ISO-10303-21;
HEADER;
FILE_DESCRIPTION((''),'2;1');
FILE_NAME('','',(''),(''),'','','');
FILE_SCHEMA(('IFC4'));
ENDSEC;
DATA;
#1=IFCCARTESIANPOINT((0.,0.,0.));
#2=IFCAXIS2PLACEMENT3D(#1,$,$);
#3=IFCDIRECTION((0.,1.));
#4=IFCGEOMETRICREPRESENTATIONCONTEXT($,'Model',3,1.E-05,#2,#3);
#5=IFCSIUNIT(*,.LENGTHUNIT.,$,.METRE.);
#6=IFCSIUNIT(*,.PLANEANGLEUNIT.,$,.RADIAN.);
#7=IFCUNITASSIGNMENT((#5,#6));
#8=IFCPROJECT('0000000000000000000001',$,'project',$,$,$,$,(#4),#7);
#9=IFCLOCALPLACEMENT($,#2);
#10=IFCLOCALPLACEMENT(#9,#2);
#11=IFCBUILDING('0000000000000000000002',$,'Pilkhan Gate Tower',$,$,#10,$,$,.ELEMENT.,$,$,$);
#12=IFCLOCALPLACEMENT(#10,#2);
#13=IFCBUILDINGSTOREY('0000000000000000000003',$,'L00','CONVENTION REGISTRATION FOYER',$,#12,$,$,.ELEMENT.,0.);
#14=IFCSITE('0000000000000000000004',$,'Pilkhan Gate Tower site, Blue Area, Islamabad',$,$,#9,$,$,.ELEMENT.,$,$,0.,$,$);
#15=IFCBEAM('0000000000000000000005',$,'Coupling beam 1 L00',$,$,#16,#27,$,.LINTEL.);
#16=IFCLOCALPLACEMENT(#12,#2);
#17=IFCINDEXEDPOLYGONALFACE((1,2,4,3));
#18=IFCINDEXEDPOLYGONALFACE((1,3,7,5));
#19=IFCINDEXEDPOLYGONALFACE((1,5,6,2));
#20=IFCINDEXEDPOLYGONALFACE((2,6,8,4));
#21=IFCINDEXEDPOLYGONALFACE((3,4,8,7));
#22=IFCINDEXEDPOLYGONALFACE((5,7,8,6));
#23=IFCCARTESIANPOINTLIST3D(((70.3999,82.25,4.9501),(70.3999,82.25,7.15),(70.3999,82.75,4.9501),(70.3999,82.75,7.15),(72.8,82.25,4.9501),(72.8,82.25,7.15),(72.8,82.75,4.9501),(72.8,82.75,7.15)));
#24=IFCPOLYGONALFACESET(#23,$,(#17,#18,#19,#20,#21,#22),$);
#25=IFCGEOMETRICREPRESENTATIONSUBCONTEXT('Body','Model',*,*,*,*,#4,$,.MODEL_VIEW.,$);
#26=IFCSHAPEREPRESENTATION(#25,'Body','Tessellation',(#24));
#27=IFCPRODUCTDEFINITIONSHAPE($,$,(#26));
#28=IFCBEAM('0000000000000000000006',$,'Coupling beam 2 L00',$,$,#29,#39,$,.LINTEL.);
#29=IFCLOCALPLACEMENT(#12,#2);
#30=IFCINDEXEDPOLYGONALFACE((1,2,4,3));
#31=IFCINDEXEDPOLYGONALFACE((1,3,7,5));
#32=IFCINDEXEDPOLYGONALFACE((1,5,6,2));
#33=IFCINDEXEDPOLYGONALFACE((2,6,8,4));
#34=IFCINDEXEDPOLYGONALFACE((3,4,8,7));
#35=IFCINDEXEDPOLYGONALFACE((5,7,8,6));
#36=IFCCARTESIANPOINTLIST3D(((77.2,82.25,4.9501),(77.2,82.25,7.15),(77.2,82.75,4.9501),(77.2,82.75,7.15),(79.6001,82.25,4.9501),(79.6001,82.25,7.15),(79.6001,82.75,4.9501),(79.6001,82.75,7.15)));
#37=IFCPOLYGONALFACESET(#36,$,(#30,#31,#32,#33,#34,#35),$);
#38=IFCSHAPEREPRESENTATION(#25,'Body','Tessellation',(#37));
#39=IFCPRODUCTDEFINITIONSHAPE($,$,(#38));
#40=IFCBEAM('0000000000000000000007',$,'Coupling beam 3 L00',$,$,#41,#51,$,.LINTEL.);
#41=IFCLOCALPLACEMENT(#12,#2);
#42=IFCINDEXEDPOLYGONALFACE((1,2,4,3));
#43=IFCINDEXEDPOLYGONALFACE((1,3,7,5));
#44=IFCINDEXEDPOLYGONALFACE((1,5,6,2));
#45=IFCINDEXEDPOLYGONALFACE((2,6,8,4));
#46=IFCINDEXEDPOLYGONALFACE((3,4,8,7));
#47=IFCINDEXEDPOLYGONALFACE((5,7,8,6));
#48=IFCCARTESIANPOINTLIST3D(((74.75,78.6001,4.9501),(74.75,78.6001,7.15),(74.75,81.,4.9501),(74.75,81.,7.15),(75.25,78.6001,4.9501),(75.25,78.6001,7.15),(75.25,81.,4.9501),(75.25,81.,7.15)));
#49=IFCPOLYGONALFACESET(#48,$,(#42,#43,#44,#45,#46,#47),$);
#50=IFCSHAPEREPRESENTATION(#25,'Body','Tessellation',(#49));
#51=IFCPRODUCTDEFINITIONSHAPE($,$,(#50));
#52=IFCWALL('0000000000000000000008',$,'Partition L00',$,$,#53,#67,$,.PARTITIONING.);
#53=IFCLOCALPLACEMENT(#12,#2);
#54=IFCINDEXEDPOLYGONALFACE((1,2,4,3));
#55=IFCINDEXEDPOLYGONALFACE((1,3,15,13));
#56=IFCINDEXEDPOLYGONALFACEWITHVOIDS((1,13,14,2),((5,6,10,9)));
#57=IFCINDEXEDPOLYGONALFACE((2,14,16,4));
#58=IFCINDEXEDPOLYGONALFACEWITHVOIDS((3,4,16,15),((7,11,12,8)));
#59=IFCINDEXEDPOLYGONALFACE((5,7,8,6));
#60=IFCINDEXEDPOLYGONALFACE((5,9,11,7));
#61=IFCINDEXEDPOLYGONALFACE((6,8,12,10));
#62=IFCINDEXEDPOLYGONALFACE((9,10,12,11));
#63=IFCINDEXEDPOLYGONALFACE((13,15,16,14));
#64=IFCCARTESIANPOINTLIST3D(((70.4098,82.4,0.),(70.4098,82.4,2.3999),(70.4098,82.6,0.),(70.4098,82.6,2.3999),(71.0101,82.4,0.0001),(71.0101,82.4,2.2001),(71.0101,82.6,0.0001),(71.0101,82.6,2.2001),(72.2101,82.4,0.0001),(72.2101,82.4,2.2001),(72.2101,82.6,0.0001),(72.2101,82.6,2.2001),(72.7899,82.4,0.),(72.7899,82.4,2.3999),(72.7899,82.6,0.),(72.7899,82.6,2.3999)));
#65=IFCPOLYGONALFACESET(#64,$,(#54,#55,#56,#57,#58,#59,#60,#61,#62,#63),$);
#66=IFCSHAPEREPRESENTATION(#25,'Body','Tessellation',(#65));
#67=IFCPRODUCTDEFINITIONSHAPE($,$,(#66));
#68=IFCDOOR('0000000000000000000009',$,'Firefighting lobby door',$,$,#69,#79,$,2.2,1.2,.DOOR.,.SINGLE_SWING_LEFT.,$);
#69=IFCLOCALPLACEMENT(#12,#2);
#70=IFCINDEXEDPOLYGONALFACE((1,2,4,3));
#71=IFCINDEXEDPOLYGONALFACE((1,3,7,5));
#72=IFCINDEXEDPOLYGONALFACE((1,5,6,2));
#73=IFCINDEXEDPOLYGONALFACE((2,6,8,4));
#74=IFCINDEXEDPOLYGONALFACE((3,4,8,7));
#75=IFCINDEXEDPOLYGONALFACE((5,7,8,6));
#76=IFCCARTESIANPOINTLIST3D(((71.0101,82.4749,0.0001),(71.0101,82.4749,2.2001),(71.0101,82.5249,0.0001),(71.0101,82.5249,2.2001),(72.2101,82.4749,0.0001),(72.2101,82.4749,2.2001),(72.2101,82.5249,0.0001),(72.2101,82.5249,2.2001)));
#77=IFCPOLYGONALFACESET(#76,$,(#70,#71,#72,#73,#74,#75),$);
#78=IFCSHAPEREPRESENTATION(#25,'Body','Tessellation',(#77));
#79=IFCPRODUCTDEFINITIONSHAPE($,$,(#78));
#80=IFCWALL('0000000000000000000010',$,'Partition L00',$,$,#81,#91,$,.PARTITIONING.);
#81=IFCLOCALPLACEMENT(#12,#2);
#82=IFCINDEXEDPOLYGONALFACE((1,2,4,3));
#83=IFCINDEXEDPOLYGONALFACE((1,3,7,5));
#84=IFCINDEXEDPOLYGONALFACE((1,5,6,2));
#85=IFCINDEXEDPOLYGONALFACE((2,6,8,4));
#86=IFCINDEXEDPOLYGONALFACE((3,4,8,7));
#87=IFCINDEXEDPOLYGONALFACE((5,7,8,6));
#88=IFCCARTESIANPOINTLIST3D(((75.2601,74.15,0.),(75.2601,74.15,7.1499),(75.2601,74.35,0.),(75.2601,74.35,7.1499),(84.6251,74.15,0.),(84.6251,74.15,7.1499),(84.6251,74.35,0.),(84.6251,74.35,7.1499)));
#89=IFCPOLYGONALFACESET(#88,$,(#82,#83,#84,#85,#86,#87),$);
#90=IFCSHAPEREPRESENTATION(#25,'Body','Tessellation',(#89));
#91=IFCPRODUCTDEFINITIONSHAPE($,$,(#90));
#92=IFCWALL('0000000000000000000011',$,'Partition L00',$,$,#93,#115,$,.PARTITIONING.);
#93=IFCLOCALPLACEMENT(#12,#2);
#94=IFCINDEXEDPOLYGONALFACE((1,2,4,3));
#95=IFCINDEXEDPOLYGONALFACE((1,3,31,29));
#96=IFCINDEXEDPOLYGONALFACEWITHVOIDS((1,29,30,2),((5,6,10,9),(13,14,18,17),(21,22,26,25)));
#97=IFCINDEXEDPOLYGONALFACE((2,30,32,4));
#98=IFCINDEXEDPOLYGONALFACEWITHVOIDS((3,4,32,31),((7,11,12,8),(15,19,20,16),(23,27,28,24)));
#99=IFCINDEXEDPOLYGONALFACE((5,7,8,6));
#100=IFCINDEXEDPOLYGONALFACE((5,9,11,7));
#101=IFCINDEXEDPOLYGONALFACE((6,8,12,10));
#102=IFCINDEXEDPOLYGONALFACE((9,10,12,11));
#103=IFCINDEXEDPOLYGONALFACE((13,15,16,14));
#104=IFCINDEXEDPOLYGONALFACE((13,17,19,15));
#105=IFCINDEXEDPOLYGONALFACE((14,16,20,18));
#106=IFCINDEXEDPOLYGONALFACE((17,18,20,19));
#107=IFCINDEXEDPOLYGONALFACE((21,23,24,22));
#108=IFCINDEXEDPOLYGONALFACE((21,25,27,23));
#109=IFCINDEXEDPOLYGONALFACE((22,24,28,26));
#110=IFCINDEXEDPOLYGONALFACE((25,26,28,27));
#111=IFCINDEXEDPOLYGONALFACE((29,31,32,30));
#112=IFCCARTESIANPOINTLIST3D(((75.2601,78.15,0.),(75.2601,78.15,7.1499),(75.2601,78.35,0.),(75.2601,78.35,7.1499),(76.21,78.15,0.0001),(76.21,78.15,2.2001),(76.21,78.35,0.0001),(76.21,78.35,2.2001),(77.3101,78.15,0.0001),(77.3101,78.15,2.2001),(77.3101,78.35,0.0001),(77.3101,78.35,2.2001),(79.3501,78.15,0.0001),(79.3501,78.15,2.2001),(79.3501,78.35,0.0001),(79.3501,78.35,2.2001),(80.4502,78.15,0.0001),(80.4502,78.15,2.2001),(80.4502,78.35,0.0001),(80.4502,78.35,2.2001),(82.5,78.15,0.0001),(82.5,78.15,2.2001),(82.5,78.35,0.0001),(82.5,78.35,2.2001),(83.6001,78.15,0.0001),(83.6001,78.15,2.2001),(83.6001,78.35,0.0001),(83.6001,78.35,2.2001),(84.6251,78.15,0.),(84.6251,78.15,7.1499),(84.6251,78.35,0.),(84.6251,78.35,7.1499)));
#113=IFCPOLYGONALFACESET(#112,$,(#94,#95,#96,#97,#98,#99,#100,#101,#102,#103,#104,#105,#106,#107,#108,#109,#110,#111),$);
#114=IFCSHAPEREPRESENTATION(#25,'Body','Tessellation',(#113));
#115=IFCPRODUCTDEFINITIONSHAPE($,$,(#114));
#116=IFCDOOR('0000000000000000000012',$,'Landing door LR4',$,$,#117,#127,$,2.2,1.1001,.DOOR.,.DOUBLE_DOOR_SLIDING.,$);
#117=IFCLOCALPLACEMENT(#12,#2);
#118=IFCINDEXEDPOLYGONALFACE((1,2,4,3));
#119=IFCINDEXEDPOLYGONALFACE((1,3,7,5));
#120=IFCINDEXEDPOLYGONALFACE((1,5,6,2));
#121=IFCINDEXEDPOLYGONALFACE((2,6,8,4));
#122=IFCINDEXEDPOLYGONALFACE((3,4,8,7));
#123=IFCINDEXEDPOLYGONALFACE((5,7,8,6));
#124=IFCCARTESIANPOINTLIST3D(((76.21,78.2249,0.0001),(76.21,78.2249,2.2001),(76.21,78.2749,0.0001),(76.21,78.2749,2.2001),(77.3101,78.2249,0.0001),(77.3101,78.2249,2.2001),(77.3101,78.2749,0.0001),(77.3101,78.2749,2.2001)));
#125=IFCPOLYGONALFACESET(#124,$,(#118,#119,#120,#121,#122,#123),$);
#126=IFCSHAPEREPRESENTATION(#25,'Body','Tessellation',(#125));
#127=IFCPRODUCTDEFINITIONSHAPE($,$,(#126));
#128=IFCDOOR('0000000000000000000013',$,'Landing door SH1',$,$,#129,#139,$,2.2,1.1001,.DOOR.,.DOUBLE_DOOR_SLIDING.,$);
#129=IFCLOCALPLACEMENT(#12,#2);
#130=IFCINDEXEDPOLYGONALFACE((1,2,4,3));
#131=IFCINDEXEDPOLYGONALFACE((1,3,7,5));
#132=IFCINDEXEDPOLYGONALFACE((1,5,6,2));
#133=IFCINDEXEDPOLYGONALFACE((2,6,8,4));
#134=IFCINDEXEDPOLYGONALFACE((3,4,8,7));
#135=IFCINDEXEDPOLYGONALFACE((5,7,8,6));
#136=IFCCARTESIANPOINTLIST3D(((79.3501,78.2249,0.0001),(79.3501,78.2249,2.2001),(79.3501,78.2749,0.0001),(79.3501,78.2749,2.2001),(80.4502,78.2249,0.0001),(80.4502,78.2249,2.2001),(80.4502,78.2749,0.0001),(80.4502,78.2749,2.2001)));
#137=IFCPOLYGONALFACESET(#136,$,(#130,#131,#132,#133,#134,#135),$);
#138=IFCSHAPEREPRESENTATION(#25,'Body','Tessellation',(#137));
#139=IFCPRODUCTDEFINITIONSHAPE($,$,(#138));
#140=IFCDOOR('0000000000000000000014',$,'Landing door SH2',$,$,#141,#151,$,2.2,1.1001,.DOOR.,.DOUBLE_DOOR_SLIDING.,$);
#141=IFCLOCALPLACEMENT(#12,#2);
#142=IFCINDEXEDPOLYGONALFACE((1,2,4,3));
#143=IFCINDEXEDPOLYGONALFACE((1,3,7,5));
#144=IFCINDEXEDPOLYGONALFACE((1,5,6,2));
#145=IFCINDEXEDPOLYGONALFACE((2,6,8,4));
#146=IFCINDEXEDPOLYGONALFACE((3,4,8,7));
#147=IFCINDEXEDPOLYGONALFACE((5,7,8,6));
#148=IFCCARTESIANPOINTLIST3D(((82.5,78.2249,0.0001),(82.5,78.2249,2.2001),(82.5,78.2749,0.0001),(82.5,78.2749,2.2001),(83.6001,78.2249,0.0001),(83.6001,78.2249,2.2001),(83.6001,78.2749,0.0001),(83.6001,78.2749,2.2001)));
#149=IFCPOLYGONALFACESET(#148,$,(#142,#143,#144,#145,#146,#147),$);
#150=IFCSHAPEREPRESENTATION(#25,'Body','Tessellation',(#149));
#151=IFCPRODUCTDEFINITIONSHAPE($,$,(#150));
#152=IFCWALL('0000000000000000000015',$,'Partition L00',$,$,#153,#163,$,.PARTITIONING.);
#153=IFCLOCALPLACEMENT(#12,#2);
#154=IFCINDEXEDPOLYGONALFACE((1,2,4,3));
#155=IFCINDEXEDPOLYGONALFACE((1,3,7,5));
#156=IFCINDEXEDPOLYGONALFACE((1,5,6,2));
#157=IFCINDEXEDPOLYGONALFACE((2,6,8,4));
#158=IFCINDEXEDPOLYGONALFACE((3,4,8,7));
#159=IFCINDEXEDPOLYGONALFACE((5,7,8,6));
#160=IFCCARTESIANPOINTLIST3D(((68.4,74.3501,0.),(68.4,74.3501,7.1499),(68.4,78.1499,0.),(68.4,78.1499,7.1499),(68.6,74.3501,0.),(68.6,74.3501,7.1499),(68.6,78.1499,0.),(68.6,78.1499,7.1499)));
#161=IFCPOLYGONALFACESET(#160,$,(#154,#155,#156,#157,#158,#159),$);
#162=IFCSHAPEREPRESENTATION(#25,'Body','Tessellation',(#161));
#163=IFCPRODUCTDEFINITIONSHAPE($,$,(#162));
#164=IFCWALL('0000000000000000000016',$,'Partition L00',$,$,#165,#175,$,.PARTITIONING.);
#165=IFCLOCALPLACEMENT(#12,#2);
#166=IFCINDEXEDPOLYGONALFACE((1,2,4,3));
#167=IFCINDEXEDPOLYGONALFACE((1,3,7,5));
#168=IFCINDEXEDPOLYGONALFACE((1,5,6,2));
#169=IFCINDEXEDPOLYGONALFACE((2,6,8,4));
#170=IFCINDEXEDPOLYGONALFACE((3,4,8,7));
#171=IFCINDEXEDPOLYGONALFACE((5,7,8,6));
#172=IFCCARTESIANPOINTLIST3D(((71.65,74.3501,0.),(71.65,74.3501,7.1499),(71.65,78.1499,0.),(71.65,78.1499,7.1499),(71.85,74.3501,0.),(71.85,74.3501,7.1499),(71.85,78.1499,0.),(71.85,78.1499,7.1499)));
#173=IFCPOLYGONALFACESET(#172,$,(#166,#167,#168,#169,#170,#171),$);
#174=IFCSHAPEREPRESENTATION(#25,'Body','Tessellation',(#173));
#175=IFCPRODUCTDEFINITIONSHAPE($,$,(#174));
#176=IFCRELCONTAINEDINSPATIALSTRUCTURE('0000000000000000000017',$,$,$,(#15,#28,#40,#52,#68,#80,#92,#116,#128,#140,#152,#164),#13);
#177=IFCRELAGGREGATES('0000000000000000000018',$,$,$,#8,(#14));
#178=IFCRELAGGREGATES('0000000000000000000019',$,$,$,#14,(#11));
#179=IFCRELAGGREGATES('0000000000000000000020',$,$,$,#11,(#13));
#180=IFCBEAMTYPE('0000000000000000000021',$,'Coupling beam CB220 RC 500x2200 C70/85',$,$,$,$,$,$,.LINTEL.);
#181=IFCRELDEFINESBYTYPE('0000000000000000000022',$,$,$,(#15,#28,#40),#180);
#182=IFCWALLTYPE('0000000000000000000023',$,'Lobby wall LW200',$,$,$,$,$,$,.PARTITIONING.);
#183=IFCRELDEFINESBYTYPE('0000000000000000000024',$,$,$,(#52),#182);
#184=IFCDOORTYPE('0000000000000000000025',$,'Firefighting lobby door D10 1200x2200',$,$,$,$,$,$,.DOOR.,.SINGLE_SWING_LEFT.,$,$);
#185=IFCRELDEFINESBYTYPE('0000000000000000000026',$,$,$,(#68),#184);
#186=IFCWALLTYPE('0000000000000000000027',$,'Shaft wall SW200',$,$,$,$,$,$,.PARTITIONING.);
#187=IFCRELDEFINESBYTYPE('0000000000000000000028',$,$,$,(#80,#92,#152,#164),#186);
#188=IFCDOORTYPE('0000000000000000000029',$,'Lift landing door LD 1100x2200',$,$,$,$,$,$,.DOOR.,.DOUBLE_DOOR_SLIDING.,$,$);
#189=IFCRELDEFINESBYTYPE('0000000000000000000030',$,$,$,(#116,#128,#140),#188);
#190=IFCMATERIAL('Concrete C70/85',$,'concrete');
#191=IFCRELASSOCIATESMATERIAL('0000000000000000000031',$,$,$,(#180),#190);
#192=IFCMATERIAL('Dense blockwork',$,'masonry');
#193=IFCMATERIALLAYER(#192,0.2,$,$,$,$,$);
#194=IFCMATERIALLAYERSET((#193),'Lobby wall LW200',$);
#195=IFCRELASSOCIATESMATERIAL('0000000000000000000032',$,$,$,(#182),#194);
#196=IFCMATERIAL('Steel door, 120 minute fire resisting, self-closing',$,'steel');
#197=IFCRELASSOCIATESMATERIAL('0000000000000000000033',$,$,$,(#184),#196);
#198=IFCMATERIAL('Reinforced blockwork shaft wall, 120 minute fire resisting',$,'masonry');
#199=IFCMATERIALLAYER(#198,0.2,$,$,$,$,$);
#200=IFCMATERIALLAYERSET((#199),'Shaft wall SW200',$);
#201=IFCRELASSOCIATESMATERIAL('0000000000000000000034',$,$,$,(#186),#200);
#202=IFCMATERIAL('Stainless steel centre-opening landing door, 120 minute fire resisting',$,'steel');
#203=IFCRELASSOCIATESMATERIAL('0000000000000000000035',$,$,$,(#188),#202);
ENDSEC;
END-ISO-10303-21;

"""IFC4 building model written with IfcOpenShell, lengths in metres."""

from ifc_helpers import new_model, si_unit, direction, frame, frame_2d, origin, origin_2d, place, context, subcontext, project, spatial, rectangle, extrude, material, layer, layer_set, material_profile, profile_set, type_object, element, fill, save


model = new_model("IFC4")

# Units and contexts
model_context = context("Model", 3, precision=1e-05, world=origin(), true_north=direction((0.0, 1.0)))
body_context = subcontext(model_context, "Body", "Model", "MODEL_VIEW")
ifc_project = project(units=[si_unit("LENGTHUNIT", "METRE"), si_unit("PLANEANGLEUNIT", "RADIAN")], contexts=[model_context])

# Site, building, storey
site_placement = place(None, origin())
site = spatial("IfcSite", under=ifc_project, at=site_placement, Name="Pilkhan Gate Tower site, Blue Area, Islamabad", CompositionType="ELEMENT", RefElevation=0.0)
building_placement = place(site_placement, origin())
building = spatial("IfcBuilding", under=site, at=building_placement, Name="Pilkhan Gate Tower", CompositionType="ELEMENT")
storey_placement = place(building_placement, origin())
storey = spatial("IfcBuildingStorey", under=building, at=storey_placement, Name="L00", Description="CONVENTION REGISTRATION FOYER", CompositionType="ELEMENT", Elevation=0.0)

# Beams
ifc_material_1 = material(Name="Concrete C70/85", Category="concrete")
ifc_material_profile = material_profile(ifc_material_1, rectangle(XDim=0.5, YDim=2.2, at=origin_2d()), Name="RC 500x2200")
ifc_profile_set = profile_set([ifc_material_profile], Name="Concrete C70/85")
beam_type = type_object("IfcBeamType", Name="Coupling beam CB220 RC 500x2200 C70/85", PredefinedType="LINTEL", material=ifc_profile_set)
for number, where, z_axis, x_axis, name in (
    (1, (70.3999, 82.5, 6.05), (1.0, 0.0, 0.0), (0.0, 1.0, 0.0), "Coupling beam 1 L00"),
    (2, (77.2, 82.5, 6.05), (1.0, 0.0, 0.0), (0.0, 1.0, 0.0), "Coupling beam 2 L00"),
):
    element("IfcBeam", number, at=place(storey_placement, frame(where, z_axis=z_axis, x_axis=x_axis)), inside=storey, type_object=beam_type, Name=name, PredefinedType="LINTEL", context=body_context, shape_type="SweptSolid", body=[
        extrude(rectangle(XDim=0.5, YDim=2.2, at=origin_2d()), origin(), (0.0, 0.0, 1.0), 2.4001),
    ])
beam_placement = place(storey_placement, frame((75.0, 78.6001, 6.05), z_axis=(0.0, 1.0, 0.0), x_axis=(-1.0, 0.0, 0.0)))
element("IfcBeam", 3, at=beam_placement, inside=storey, type_object=beam_type, Name="Coupling beam 3 L00", PredefinedType="LINTEL", context=body_context, shape_type="SweptSolid", body=[
    extrude(rectangle(XDim=0.5, YDim=2.2, at=origin_2d()), origin(), (0.0, 0.0, 1.0), 2.3999),
])

# Wall, opening, door
ifc_material_2 = material(Name="Dense blockwork", Category="masonry")
ifc_layer_1 = layer(ifc_material_2, 0.2)
ifc_layer_set_1 = layer_set([ifc_layer_1], Name="Lobby wall LW200")
wall_type_1 = type_object("IfcWallType", Name="Lobby wall LW200", PredefinedType="PARTITIONING", material=ifc_layer_set_1)
wall_1_placement = place(storey_placement, frame((70.4099, 82.5, 0.0), z_axis=(0.0, 0.0, 1.0), x_axis=(1.0, 0.0, 0.0)))
wall_1 = element("IfcWall", 4, at=wall_1_placement, inside=storey, type_object=wall_type_1, Name="Partition L00", PredefinedType="PARTITIONING", context=body_context, shape_type="SweptSolid", body=[
    extrude(rectangle(XDim=2.3801, YDim=0.2, at=frame_2d((1.1899, 0.0))), origin(), (0.0, 0.0, 1.0), 2.3999),
])
opening_1_placement = place(wall_1_placement, frame((0.6001, 0.0, 0.0)))
opening_1 = element("IfcOpeningElement", 5, at=opening_1_placement, cuts=wall_1, PredefinedType="OPENING", context=body_context, shape_type="SweptSolid", body=[
    extrude(rectangle(XDim=1.2, YDim=2.2, at=frame_2d((0.6001, 1.1001))), frame((0.0, 0.1099, 0.0), z_axis=(0.0, -1.0, 0.0), x_axis=(1.0, 0.0, 0.0)), (0.0, 0.0, 1.0), 0.22),
])
ifc_material_3 = material(Name="Steel door, 120 minute fire resisting, self-closing", Category="steel")
door_type_1 = type_object("IfcDoorType", Name="Firefighting lobby door D10 1200x2200", OperationType="SINGLE_SWING_LEFT", PredefinedType="DOOR", material=ifc_material_3)
door_1_placement = place(opening_1_placement, origin())
door_1 = element("IfcDoor", 6, at=door_1_placement, inside=storey, type_object=door_type_1, Name="Firefighting lobby door", OperationType="SINGLE_SWING_LEFT", OverallHeight=2.2, OverallWidth=1.2, PredefinedType="DOOR", context=body_context, shape_type="SweptSolid", body=[
    extrude(rectangle(XDim=1.2, YDim=2.2, at=frame_2d((0.6001, 1.1001))), frame((0.0, 0.0249, 0.0), z_axis=(0.0, -1.0, 0.0), x_axis=(1.0, 0.0, 0.0)), (0.0, 0.0, 1.0), 0.05),
])
fill(opening_1, door_1)

# Wall
ifc_material_4 = material(Name="Reinforced blockwork shaft wall, 120 minute fire resisting", Category="masonry")
ifc_layer_2 = layer(ifc_material_4, 0.2)
ifc_layer_set_2 = layer_set([ifc_layer_2], Name="Shaft wall SW200")
wall_type_2 = type_object("IfcWallType", Name="Shaft wall SW200", PredefinedType="PARTITIONING", material=ifc_layer_set_2)
wall_2_placement = place(storey_placement, frame((75.26, 74.25, 0.0), z_axis=(0.0, 0.0, 1.0), x_axis=(1.0, 0.0, 0.0)))
element("IfcWall", 7, at=wall_2_placement, inside=storey, type_object=wall_type_2, Name="Partition L00", PredefinedType="PARTITIONING", context=body_context, shape_type="SweptSolid", body=[
    extrude(rectangle(XDim=9.365, YDim=0.2, at=frame_2d((4.6826, 0.0))), origin(), (0.0, 0.0, 1.0), 7.1499),
])

# Wall, openings, doors
wall_3_placement = place(storey_placement, frame((75.26, 78.25, 0.0), z_axis=(0.0, 0.0, 1.0), x_axis=(1.0, 0.0, 0.0)))
wall_3 = element("IfcWall", 8, at=wall_3_placement, inside=storey, type_object=wall_type_2, Name="Partition L00", PredefinedType="PARTITIONING", context=body_context, shape_type="SweptSolid", body=[
    extrude(rectangle(XDim=9.365, YDim=0.2, at=frame_2d((4.6826, 0.0))), origin(), (0.0, 0.0, 1.0), 7.1499),
])
opening_2_placement = place(wall_3_placement, frame((0.95, 0.0, 0.0)))
opening_2 = element("IfcOpeningElement", 9, at=opening_2_placement, cuts=wall_3, PredefinedType="OPENING", context=body_context, shape_type="SweptSolid", body=[
    extrude(rectangle(XDim=1.1001, YDim=2.2, at=frame_2d((0.55, 1.1001))), frame((0.0, 0.1099, 0.0), z_axis=(0.0, -1.0, 0.0), x_axis=(1.0, 0.0, 0.0)), (0.0, 0.0, 1.0), 0.22),
])
opening_3_placement = place(wall_3_placement, frame((4.0901, 0.0, 0.0)))
opening_3 = element("IfcOpeningElement", 10, at=opening_3_placement, cuts=wall_3, PredefinedType="OPENING", context=body_context, shape_type="SweptSolid", body=[
    extrude(rectangle(XDim=1.1001, YDim=2.2, at=frame_2d((0.55, 1.1001))), frame((0.0, 0.1099, 0.0), z_axis=(0.0, -1.0, 0.0), x_axis=(1.0, 0.0, 0.0)), (0.0, 0.0, 1.0), 0.22),
])
opening_4_placement = place(wall_3_placement, frame((7.24, 0.0, 0.0)))
opening_4 = element("IfcOpeningElement", 11, at=opening_4_placement, cuts=wall_3, PredefinedType="OPENING", context=body_context, shape_type="SweptSolid", body=[
    extrude(rectangle(XDim=1.1001, YDim=2.2, at=frame_2d((0.55, 1.1001))), frame((0.0, 0.1099, 0.0), z_axis=(0.0, -1.0, 0.0), x_axis=(1.0, 0.0, 0.0)), (0.0, 0.0, 1.0), 0.22),
])
ifc_material_5 = material(Name="Stainless steel centre-opening landing door, 120 minute fire resisting", Category="steel")
door_type_2 = type_object("IfcDoorType", Name="Lift landing door LD 1100x2200", OperationType="DOUBLE_DOOR_SLIDING", PredefinedType="DOOR", material=ifc_material_5)
door_2_placement = place(opening_2_placement, origin())
door_2 = element("IfcDoor", 12, at=door_2_placement, inside=storey, type_object=door_type_2, Name="Landing door LR4", OperationType="DOUBLE_DOOR_SLIDING", OverallHeight=2.2, OverallWidth=1.1001, PredefinedType="DOOR", context=body_context, shape_type="SweptSolid", body=[
    extrude(rectangle(XDim=1.1001, YDim=2.2, at=frame_2d((0.55, 1.1001))), frame((0.0, 0.0249, 0.0), z_axis=(0.0, -1.0, 0.0), x_axis=(1.0, 0.0, 0.0)), (0.0, 0.0, 1.0), 0.05),
])
fill(opening_2, door_2)
door_3_placement = place(opening_3_placement, origin())
door_3 = element("IfcDoor", 13, at=door_3_placement, inside=storey, type_object=door_type_2, Name="Landing door SH1", OperationType="DOUBLE_DOOR_SLIDING", OverallHeight=2.2, OverallWidth=1.1001, PredefinedType="DOOR", context=body_context, shape_type="SweptSolid", body=[
    extrude(rectangle(XDim=1.1001, YDim=2.2, at=frame_2d((0.55, 1.1001))), frame((0.0, 0.0249, 0.0), z_axis=(0.0, -1.0, 0.0), x_axis=(1.0, 0.0, 0.0)), (0.0, 0.0, 1.0), 0.05),
])
fill(opening_3, door_3)
door_4_placement = place(opening_4_placement, origin())
door_4 = element("IfcDoor", 14, at=door_4_placement, inside=storey, type_object=door_type_2, Name="Landing door SH2", OperationType="DOUBLE_DOOR_SLIDING", OverallHeight=2.2, OverallWidth=1.1001, PredefinedType="DOOR", context=body_context, shape_type="SweptSolid", body=[
    extrude(rectangle(XDim=1.1001, YDim=2.2, at=frame_2d((0.55, 1.1001))), frame((0.0, 0.0249, 0.0), z_axis=(0.0, -1.0, 0.0), x_axis=(1.0, 0.0, 0.0)), (0.0, 0.0, 1.0), 0.05),
])
fill(opening_4, door_4)

# Walls
for number, where, z_axis, x_axis, name in (
    (15, (68.5, 74.3501, 0.0), (0.0, 0.0, 1.0), (0.0, 1.0, 0.0), "Partition L00"),
    (16, (71.75, 74.3501, 0.0), (0.0, 0.0, 1.0), (0.0, 1.0, 0.0), "Partition L00"),
):
    element("IfcWall", number, at=place(storey_placement, frame(where, z_axis=z_axis, x_axis=x_axis)), inside=storey, type_object=wall_type_2, Name=name, PredefinedType="PARTITIONING", context=body_context, shape_type="SweptSolid", body=[
        extrude(rectangle(XDim=3.7998, YDim=0.2, at=frame_2d((1.8999, 0.0))), origin(), (0.0, 0.0, 1.0), 7.1499),
    ])

save(model, "model.ifc")
